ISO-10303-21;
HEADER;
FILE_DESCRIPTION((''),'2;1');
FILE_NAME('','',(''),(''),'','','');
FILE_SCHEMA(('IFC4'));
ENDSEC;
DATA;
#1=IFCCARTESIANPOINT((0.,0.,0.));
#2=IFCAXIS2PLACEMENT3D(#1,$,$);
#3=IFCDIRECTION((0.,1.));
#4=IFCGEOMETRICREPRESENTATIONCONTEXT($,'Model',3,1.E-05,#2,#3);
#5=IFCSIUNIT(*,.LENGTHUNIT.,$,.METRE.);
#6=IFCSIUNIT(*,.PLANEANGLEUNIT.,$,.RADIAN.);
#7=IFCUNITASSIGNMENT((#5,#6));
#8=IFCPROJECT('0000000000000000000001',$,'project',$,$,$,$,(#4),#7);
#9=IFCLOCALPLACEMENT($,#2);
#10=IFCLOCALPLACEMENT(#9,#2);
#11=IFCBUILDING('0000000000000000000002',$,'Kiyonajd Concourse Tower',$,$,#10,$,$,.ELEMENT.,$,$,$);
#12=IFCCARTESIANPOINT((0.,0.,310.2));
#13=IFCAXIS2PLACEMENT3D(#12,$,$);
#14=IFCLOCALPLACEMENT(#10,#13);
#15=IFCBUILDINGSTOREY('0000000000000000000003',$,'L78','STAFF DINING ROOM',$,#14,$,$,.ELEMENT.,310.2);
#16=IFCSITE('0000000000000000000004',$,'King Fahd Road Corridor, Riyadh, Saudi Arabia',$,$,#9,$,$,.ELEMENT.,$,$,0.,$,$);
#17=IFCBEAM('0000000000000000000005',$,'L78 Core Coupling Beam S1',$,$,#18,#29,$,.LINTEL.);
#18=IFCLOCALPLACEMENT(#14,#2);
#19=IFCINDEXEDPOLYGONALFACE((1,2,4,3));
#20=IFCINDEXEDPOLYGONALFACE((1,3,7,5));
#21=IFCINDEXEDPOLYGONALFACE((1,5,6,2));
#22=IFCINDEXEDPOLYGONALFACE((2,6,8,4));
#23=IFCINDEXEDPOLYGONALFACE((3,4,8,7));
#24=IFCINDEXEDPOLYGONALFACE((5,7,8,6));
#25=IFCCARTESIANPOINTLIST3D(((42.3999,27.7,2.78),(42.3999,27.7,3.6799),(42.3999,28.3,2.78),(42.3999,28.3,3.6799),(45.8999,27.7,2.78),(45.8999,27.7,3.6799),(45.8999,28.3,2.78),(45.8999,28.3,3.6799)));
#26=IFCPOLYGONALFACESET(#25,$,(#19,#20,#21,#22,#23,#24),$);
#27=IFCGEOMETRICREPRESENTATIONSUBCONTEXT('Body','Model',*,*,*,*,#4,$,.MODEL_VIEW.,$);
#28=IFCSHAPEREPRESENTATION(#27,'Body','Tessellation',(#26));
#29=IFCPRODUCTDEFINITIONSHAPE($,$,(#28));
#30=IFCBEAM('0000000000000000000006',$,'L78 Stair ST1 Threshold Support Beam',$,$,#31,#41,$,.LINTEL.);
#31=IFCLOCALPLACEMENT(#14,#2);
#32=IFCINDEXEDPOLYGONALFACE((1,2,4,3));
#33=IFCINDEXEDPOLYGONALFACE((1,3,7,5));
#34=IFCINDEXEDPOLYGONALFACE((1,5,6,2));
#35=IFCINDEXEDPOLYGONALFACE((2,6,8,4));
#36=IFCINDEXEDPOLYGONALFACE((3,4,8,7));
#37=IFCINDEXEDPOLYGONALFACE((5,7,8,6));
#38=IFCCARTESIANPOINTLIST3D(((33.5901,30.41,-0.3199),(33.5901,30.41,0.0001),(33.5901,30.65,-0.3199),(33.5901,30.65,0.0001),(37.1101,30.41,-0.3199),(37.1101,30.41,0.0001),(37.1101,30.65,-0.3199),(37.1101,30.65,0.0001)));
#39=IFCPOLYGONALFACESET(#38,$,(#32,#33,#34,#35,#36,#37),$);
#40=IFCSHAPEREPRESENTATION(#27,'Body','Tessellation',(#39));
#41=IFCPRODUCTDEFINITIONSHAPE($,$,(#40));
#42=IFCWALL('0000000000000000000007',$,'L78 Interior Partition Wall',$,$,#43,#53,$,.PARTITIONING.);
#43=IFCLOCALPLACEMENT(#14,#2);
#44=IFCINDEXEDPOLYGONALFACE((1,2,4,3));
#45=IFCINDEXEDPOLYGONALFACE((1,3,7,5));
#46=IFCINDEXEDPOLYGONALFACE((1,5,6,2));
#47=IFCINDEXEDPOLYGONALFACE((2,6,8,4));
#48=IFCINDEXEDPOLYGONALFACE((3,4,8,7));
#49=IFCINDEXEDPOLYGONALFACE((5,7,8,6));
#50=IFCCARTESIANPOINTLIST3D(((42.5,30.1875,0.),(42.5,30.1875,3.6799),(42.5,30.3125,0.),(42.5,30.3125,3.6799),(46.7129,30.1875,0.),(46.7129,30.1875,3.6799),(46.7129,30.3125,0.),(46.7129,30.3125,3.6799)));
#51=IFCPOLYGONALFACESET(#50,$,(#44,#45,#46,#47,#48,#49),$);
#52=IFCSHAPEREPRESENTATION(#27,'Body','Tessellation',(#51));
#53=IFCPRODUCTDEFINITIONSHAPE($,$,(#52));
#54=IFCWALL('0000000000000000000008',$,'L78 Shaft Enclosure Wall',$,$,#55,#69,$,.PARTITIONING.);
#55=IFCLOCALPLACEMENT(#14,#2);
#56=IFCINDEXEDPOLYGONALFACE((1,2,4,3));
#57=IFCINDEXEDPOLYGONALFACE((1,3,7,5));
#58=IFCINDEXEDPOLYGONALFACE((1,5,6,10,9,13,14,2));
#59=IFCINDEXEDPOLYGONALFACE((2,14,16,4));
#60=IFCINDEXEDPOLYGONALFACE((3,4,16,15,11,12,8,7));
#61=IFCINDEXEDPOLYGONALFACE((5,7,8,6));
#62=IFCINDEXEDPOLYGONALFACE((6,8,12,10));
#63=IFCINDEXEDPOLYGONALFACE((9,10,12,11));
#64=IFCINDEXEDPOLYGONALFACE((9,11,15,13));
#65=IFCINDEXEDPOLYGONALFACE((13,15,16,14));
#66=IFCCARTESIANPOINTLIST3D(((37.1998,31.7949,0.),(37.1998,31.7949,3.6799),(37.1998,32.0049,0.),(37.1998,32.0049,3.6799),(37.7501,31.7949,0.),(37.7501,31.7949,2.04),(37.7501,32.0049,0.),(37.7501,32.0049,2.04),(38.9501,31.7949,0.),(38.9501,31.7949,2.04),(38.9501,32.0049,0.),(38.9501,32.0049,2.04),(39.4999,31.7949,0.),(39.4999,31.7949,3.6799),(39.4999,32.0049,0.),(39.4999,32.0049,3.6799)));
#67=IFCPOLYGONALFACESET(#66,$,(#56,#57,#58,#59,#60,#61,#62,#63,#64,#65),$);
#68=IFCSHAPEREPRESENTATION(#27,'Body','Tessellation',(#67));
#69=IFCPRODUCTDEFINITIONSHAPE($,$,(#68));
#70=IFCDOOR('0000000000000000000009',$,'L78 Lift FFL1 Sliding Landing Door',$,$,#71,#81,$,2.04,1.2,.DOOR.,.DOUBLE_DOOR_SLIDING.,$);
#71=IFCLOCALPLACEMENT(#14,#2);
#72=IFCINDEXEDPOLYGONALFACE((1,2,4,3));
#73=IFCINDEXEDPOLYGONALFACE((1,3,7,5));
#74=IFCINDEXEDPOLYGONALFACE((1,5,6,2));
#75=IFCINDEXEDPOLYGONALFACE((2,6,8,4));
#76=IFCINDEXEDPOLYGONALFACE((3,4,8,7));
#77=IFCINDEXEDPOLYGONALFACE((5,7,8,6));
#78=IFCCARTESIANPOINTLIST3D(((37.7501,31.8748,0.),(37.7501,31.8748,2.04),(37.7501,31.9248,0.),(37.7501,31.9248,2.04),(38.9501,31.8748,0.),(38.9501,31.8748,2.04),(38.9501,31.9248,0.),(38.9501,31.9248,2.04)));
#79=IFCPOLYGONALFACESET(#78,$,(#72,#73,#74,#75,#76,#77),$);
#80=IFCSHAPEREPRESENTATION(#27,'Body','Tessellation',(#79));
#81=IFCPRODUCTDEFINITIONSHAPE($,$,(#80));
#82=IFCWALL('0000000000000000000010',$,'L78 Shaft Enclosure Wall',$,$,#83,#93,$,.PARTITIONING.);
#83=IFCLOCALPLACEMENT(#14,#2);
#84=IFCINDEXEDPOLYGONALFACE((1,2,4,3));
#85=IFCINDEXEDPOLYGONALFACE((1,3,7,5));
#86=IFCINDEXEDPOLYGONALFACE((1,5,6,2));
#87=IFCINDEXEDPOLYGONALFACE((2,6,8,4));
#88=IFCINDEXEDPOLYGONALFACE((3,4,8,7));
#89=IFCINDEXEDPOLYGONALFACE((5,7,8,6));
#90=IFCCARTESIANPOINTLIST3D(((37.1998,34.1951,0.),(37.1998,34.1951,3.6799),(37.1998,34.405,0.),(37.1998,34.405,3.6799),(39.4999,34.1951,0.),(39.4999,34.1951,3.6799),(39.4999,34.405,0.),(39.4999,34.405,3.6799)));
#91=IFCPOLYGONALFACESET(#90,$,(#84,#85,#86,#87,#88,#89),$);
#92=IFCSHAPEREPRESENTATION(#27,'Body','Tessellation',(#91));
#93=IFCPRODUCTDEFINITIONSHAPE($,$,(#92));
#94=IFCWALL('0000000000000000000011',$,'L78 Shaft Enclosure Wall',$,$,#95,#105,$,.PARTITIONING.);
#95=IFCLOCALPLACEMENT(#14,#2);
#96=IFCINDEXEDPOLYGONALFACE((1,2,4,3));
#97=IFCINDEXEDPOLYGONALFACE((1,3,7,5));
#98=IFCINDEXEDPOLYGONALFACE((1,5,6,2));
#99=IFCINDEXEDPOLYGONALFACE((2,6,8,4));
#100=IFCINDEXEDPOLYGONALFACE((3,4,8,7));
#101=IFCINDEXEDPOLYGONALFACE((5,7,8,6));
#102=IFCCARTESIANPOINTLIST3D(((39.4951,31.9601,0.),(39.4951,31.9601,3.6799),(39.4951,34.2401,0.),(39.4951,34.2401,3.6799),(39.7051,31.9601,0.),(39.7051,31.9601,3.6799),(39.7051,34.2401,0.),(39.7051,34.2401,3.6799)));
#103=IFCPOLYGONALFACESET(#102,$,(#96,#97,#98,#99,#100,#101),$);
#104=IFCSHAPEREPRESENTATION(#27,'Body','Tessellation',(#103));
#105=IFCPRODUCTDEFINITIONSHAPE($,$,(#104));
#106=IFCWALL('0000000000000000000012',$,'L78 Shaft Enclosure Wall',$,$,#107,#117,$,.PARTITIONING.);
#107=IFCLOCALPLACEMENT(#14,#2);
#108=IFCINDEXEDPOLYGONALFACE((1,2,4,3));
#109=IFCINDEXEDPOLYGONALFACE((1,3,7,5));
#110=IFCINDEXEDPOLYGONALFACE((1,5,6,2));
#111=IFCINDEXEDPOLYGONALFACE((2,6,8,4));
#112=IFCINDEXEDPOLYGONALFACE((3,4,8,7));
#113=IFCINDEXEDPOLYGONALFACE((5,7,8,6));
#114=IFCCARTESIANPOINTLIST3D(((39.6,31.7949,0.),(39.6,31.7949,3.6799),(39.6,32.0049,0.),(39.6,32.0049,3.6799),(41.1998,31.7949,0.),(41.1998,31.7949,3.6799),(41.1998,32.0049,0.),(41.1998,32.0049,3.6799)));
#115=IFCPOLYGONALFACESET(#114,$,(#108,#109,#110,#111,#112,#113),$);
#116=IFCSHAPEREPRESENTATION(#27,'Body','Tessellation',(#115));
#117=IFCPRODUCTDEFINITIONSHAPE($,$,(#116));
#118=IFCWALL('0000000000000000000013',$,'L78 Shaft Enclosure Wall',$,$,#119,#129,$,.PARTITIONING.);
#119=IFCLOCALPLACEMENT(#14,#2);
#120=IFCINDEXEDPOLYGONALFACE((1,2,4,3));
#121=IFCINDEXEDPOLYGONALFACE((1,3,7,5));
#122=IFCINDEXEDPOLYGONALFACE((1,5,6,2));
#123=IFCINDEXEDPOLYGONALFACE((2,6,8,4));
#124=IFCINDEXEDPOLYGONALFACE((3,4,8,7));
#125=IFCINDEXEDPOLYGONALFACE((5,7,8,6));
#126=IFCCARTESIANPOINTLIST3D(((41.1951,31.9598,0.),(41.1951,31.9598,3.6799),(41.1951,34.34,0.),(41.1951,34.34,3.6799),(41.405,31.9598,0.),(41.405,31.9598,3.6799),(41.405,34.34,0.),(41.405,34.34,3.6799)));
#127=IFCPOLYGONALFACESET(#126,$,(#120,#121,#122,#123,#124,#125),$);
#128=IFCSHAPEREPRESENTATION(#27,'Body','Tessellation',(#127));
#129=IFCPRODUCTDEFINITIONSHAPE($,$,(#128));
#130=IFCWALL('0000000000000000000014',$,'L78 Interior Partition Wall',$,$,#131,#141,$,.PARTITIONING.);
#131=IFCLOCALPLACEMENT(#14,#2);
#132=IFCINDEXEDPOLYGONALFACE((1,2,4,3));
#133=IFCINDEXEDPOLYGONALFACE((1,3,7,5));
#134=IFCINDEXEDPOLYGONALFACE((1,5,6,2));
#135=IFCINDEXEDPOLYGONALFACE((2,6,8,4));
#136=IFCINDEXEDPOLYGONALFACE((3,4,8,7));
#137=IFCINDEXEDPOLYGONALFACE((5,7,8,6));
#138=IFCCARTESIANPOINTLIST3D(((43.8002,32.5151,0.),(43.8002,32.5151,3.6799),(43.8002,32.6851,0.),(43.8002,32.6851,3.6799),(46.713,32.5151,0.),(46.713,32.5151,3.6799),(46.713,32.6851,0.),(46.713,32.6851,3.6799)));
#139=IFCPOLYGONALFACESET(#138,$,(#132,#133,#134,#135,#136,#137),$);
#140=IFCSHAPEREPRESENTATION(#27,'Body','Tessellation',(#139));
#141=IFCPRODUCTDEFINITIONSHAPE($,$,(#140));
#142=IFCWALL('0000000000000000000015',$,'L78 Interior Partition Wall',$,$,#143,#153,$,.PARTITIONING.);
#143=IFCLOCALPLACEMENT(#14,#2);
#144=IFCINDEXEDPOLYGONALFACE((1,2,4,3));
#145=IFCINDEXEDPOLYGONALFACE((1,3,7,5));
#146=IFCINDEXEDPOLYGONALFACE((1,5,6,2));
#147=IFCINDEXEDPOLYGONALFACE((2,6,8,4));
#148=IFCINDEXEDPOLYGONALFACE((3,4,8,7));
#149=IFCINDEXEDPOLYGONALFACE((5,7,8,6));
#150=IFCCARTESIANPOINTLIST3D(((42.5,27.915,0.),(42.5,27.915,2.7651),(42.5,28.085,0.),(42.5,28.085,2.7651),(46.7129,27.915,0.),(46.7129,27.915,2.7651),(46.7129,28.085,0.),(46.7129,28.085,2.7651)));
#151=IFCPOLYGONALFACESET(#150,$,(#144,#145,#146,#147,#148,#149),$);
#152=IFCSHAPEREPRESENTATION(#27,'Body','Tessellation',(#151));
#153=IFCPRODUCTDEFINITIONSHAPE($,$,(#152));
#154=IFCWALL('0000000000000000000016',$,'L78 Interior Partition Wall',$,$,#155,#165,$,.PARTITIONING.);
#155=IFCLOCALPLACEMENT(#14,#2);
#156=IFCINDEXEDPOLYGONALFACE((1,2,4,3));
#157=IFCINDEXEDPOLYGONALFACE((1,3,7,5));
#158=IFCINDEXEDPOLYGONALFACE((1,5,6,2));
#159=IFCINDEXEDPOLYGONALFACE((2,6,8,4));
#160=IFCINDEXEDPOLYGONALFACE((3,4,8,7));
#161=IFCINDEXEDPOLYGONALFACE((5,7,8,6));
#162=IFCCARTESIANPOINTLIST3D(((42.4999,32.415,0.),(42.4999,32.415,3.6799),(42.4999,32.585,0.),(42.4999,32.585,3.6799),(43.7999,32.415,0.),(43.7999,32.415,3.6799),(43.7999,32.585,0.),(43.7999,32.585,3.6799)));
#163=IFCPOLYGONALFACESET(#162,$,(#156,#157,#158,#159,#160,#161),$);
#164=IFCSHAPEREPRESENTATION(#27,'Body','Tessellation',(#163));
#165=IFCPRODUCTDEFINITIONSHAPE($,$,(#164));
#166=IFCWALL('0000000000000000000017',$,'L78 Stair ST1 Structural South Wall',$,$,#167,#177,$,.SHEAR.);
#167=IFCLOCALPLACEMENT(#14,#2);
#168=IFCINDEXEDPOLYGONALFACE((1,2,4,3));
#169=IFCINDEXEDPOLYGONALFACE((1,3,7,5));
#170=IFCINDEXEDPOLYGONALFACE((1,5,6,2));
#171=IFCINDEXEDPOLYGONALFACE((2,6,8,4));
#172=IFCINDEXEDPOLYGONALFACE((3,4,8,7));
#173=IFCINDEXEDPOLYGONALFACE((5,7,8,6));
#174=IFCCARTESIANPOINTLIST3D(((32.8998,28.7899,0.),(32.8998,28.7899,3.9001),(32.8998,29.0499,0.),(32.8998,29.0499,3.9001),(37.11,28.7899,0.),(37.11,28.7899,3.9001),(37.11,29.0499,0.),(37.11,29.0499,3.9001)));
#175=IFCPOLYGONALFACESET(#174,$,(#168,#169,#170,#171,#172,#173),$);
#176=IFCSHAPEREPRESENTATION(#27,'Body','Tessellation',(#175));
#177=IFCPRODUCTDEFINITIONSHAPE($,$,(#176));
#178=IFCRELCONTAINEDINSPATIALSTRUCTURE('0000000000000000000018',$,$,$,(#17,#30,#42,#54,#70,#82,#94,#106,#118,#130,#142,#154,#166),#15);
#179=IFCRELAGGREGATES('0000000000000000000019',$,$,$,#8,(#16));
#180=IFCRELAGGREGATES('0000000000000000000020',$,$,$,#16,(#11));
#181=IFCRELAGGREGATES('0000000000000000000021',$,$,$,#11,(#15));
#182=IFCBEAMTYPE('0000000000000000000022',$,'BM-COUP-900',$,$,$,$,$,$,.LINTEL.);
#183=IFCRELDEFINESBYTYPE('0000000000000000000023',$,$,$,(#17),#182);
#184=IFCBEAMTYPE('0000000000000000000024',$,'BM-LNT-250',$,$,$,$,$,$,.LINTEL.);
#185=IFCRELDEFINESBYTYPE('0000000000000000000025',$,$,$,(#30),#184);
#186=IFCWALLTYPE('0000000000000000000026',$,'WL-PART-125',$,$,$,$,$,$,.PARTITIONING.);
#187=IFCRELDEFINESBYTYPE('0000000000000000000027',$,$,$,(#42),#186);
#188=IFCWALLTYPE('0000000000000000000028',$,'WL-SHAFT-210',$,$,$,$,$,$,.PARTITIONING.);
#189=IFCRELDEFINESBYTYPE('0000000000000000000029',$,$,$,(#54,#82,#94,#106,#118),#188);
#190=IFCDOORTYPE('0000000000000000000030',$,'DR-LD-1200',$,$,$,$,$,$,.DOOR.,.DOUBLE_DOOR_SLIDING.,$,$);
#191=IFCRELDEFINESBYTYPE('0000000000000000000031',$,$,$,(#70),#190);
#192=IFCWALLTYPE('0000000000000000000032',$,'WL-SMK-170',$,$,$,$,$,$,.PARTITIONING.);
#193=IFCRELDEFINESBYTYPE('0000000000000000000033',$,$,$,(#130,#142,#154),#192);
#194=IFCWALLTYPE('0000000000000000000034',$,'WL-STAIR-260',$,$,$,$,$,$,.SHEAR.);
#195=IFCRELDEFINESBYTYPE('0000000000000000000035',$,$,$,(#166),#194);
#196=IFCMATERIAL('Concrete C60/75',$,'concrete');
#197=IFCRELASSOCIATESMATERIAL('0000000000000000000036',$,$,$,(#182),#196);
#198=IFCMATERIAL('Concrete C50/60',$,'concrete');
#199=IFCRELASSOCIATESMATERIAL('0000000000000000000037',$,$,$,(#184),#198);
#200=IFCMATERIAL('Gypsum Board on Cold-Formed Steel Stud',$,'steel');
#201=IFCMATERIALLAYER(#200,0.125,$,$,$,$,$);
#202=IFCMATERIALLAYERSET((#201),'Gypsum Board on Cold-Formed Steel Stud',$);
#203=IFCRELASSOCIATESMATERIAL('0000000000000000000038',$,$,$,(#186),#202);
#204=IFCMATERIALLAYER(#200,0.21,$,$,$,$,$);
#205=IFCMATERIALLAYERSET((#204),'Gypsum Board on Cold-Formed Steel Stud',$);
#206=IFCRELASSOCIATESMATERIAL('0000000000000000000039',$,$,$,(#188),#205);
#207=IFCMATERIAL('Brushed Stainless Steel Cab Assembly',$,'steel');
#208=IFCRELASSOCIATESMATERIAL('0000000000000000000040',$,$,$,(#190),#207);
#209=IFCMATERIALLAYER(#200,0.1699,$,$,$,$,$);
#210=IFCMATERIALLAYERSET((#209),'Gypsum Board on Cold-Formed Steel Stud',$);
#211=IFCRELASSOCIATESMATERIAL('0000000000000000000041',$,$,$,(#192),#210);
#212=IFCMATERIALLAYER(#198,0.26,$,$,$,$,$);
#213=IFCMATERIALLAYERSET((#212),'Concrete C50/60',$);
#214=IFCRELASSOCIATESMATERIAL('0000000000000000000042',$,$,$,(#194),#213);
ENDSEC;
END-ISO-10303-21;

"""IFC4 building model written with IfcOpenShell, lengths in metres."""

from ifc_helpers import new_model, si_unit, direction, frame, frame_2d, origin, origin_2d, place, context, subcontext, project, spatial, rectangle, extrude, material, layer, layer_set, material_profile, profile_set, type_object, element, fill, save


model = new_model("IFC4")

# Units and contexts
model_context = context("Model", 3, precision=1e-05, world=origin(), true_north=direction((0.0, 1.0)))
body_context = subcontext(model_context, "Body", "Model", "MODEL_VIEW")
ifc_project = project(units=[si_unit("LENGTHUNIT", "METRE"), si_unit("PLANEANGLEUNIT", "RADIAN")], contexts=[model_context])

# Site, building, storey
site_placement = place(None, origin())
site = spatial("IfcSite", under=ifc_project, at=site_placement, Name="King Fahd Road Corridor, Riyadh, Saudi Arabia", CompositionType="ELEMENT", RefElevation=0.0)
building_placement = place(site_placement, origin())
building = spatial("IfcBuilding", under=site, at=building_placement, Name="Kiyonajd Concourse Tower", CompositionType="ELEMENT")
storey_placement = place(building_placement, frame((0.0, 0.0, 310.2)))
storey = spatial("IfcBuildingStorey", under=building, at=storey_placement, Name="L78", Description="STAFF DINING ROOM", CompositionType="ELEMENT", Elevation=310.2)

# Beams
ifc_material_1 = material(Name="Concrete C60/75", Category="concrete")
ifc_material_profile_1 = material_profile(ifc_material_1, rectangle(XDim=0.6001, YDim=0.8999, at=origin_2d()), Name="RCBM-600x900")
ifc_profile_set_1 = profile_set([ifc_material_profile_1], Name="Concrete C60/75")
beam_type_1 = type_object("IfcBeamType", Name="BM-COUP-900", PredefinedType="LINTEL", material=ifc_profile_set_1)
beam_1_placement = place(storey_placement, frame((42.3999, 28.0, 3.23), z_axis=(1.0, 0.0, 0.0), x_axis=(0.0, 1.0, 0.0)))
element("IfcBeam", 1, at=beam_1_placement, inside=storey, type_object=beam_type_1, Name="L78 Core Coupling Beam S1", PredefinedType="LINTEL", context=body_context, shape_type="SweptSolid", body=[
    extrude(rectangle(XDim=0.6001, YDim=0.8999, at=origin_2d()), origin(), (0.0, 0.0, 1.0), 3.5),
])
ifc_material_2 = material(Name="Concrete C50/60", Category="concrete")
ifc_material_profile_2 = material_profile(ifc_material_2, rectangle(XDim=0.24, YDim=0.3201, at=origin_2d()), Name="RCBM-240x320")
ifc_profile_set_2 = profile_set([ifc_material_profile_2], Name="Concrete C50/60")
beam_type_2 = type_object("IfcBeamType", Name="BM-LNT-250", PredefinedType="LINTEL", material=ifc_profile_set_2)
beam_2_placement = place(storey_placement, frame((33.5901, 30.53, -0.1599), z_axis=(1.0, 0.0, 0.0), x_axis=(0.0, 1.0, 0.0)))
element("IfcBeam", 2, at=beam_2_placement, inside=storey, type_object=beam_type_2, Name="L78 Stair ST1 Threshold Support Beam", PredefinedType="LINTEL", context=body_context, shape_type="SweptSolid", body=[
    extrude(rectangle(XDim=0.24, YDim=0.3201, at=origin_2d()), origin(), (0.0, 0.0, 1.0), 3.52),
])

# Wall
ifc_material_3 = material(Name="Gypsum Board on Cold-Formed Steel Stud", Category="steel")
ifc_layer_1 = layer(ifc_material_3, 0.125)
ifc_layer_set_1 = layer_set([ifc_layer_1], Name="Gypsum Board on Cold-Formed Steel Stud")
wall_type_1 = type_object("IfcWallType", Name="WL-PART-125", PredefinedType="PARTITIONING", material=ifc_layer_set_1)
wall_1_placement = place(storey_placement, frame((42.5, 30.25, 0.0), z_axis=(0.0, 0.0, 1.0), x_axis=(1.0, 0.0, 0.0)))
element("IfcWall", 3, at=wall_1_placement, inside=storey, type_object=wall_type_1, Name="L78 Interior Partition Wall", PredefinedType="PARTITIONING", context=body_context, shape_type="SweptSolid", body=[
    extrude(rectangle(XDim=4.2129, YDim=0.125, at=frame_2d((2.1064, 0.0))), origin(), (0.0, 0.0, 1.0), 3.6799),
])

# Wall, opening, door
ifc_layer_2 = layer(ifc_material_3, 0.21)
ifc_layer_set_2 = layer_set([ifc_layer_2], Name="Gypsum Board on Cold-Formed Steel Stud")
wall_type_2 = type_object("IfcWallType", Name="WL-SHAFT-210", PredefinedType="PARTITIONING", material=ifc_layer_set_2)
wall_2_placement = place(storey_placement, frame((37.2, 31.8999, 0.0), z_axis=(0.0, 0.0, 1.0), x_axis=(1.0, 0.0, 0.0)))
wall_2 = element("IfcWall", 4, at=wall_2_placement, inside=storey, type_object=wall_type_2, Name="L78 Shaft Enclosure Wall", PredefinedType="PARTITIONING", context=body_context, shape_type="SweptSolid", body=[
    extrude(rectangle(XDim=2.3, YDim=0.21, at=frame_2d((1.1499, 0.0))), origin(), (0.0, 0.0, 1.0), 3.6799),
])
opening_1_placement = place(wall_2_placement, frame((0.55, 0.0, 0.0)))
opening_1 = element("IfcOpeningElement", 5, at=opening_1_placement, cuts=wall_2, PredefinedType="OPENING", context=body_context, shape_type="SweptSolid", body=[
    extrude(rectangle(XDim=1.2, YDim=2.04, at=frame_2d((0.6001, 1.02))), frame((0.0, 0.115, 0.0), z_axis=(0.0, -1.0, 0.0), x_axis=(1.0, 0.0, 0.0)), (0.0, 0.0, 1.0), 0.23),
])
ifc_material_4 = material(Name="Brushed Stainless Steel Cab Assembly", Category="steel")
door_type_1 = type_object("IfcDoorType", Name="DR-LD-1200", OperationType="DOUBLE_DOOR_SLIDING", PredefinedType="DOOR", material=ifc_material_4)
door_1_placement = place(opening_1_placement, origin())
door_1 = element("IfcDoor", 6, at=door_1_placement, inside=storey, type_object=door_type_1, Name="L78 Lift FFL1 Sliding Landing Door", OperationType="DOUBLE_DOOR_SLIDING", OverallHeight=2.04, OverallWidth=1.2, PredefinedType="DOOR", context=body_context, shape_type="SweptSolid", body=[
    extrude(rectangle(XDim=1.2, YDim=2.04, at=frame_2d((0.6001, 1.02))), frame((0.0, 0.0249, 0.0), z_axis=(0.0, -1.0, 0.0), x_axis=(1.0, 0.0, 0.0)), (0.0, 0.0, 1.0), 0.05),
])
fill(opening_1, door_1)

# Walls
wall_3_placement = place(storey_placement, frame((37.2, 34.3, 0.0), z_axis=(0.0, 0.0, 1.0), x_axis=(1.0, 0.0, 0.0)))
element("IfcWall", 7, at=wall_3_placement, inside=storey, type_object=wall_type_2, Name="L78 Shaft Enclosure Wall", PredefinedType="PARTITIONING", context=body_context, shape_type="SweptSolid", body=[
    extrude(rectangle(XDim=2.3, YDim=0.21, at=frame_2d((1.1499, 0.0))), origin(), (0.0, 0.0, 1.0), 3.6799),
])
wall_4_placement = place(storey_placement, frame((39.6001, 31.96, 0.0), z_axis=(0.0, 0.0, 1.0), x_axis=(0.0, 1.0, 0.0)))
element("IfcWall", 8, at=wall_4_placement, inside=storey, type_object=wall_type_2, Name="L78 Shaft Enclosure Wall", PredefinedType="PARTITIONING", context=body_context, shape_type="SweptSolid", body=[
    extrude(rectangle(XDim=2.28, YDim=0.21, at=frame_2d((1.1401, 0.0))), origin(), (0.0, 0.0, 1.0), 3.6799),
])
wall_5_placement = place(storey_placement, frame((39.6001, 31.8999, 0.0), z_axis=(0.0, 0.0, 1.0), x_axis=(1.0, 0.0, 0.0)))
element("IfcWall", 9, at=wall_5_placement, inside=storey, type_object=wall_type_2, Name="L78 Shaft Enclosure Wall", PredefinedType="PARTITIONING", context=body_context, shape_type="SweptSolid", body=[
    extrude(rectangle(XDim=1.5999, YDim=0.21, at=frame_2d((0.7998, 0.0))), origin(), (0.0, 0.0, 1.0), 3.6799),
])
wall_6_placement = place(storey_placement, frame((41.3, 31.96, 0.0), z_axis=(0.0, 0.0, 1.0), x_axis=(0.0, 1.0, 0.0)))
element("IfcWall", 10, at=wall_6_placement, inside=storey, type_object=wall_type_2, Name="L78 Shaft Enclosure Wall", PredefinedType="PARTITIONING", context=body_context, shape_type="SweptSolid", body=[
    extrude(rectangle(XDim=2.3801, YDim=0.21, at=frame_2d((1.1899, 0.0))), origin(), (0.0, 0.0, 1.0), 3.6799),
])
ifc_layer_3 = layer(ifc_material_3, 0.1699)
ifc_layer_set_3 = layer_set([ifc_layer_3], Name="Gypsum Board on Cold-Formed Steel Stud")
wall_type_3 = type_object("IfcWallType", Name="WL-SMK-170", PredefinedType="PARTITIONING", material=ifc_layer_set_3)
wall_7_placement = place(storey_placement, frame((43.8, 32.6001, 0.0), z_axis=(0.0, 0.0, 1.0), x_axis=(1.0, 0.0, 0.0)))
element("IfcWall", 11, at=wall_7_placement, inside=storey, type_object=wall_type_3, Name="L78 Interior Partition Wall", PredefinedType="PARTITIONING", context=body_context, shape_type="SweptSolid", body=[
    extrude(rectangle(XDim=2.9128, YDim=0.1699, at=frame_2d((1.4565, 0.0))), origin(), (0.0, 0.0, 1.0), 3.6799),
])
wall_8_placement = place(storey_placement, frame((42.5, 28.0, 0.0), z_axis=(0.0, 0.0, 1.0), x_axis=(1.0, 0.0, 0.0)))
element("IfcWall", 12, at=wall_8_placement, inside=storey, type_object=wall_type_3, Name="L78 Interior Partition Wall", PredefinedType="PARTITIONING", context=body_context, shape_type="SweptSolid", body=[
    extrude(rectangle(XDim=4.2129, YDim=0.1699, at=frame_2d((2.1064, 0.0))), origin(), (0.0, 0.0, 1.0), 2.7651),
])
wall_9_placement = place(storey_placement, frame((42.5, 32.5, 0.0), z_axis=(0.0, 0.0, 1.0), x_axis=(1.0, 0.0, 0.0)))
element("IfcWall", 13, at=wall_9_placement, inside=storey, type_object=wall_type_3, Name="L78 Interior Partition Wall", PredefinedType="PARTITIONING", context=body_context, shape_type="SweptSolid", body=[
    extrude(rectangle(XDim=1.3, YDim=0.1699, at=frame_2d((0.6499, 0.0))), origin(), (0.0, 0.0, 1.0), 3.6799),
])
ifc_layer_4 = layer(ifc_material_2, 0.26)
ifc_layer_set_4 = layer_set([ifc_layer_4], Name="Concrete C50/60")
wall_type_4 = type_object("IfcWallType", Name="WL-STAIR-260", PredefinedType="SHEAR", material=ifc_layer_set_4)
wall_10_placement = place(storey_placement, frame((32.8999, 28.9199, 0.0), z_axis=(0.0, 0.0, 1.0), x_axis=(1.0, 0.0, 0.0)))
element("IfcWall", 14, at=wall_10_placement, inside=storey, type_object=wall_type_4, Name="L78 Stair ST1 Structural South Wall", PredefinedType="SHEAR", context=body_context, shape_type="SweptSolid", body=[
    extrude(rectangle(XDim=4.2102, YDim=0.26, at=frame_2d((2.105, 0.0))), origin(), (0.0, 0.0, 1.0), 3.9001),
])

save(model, "model.ifc")
